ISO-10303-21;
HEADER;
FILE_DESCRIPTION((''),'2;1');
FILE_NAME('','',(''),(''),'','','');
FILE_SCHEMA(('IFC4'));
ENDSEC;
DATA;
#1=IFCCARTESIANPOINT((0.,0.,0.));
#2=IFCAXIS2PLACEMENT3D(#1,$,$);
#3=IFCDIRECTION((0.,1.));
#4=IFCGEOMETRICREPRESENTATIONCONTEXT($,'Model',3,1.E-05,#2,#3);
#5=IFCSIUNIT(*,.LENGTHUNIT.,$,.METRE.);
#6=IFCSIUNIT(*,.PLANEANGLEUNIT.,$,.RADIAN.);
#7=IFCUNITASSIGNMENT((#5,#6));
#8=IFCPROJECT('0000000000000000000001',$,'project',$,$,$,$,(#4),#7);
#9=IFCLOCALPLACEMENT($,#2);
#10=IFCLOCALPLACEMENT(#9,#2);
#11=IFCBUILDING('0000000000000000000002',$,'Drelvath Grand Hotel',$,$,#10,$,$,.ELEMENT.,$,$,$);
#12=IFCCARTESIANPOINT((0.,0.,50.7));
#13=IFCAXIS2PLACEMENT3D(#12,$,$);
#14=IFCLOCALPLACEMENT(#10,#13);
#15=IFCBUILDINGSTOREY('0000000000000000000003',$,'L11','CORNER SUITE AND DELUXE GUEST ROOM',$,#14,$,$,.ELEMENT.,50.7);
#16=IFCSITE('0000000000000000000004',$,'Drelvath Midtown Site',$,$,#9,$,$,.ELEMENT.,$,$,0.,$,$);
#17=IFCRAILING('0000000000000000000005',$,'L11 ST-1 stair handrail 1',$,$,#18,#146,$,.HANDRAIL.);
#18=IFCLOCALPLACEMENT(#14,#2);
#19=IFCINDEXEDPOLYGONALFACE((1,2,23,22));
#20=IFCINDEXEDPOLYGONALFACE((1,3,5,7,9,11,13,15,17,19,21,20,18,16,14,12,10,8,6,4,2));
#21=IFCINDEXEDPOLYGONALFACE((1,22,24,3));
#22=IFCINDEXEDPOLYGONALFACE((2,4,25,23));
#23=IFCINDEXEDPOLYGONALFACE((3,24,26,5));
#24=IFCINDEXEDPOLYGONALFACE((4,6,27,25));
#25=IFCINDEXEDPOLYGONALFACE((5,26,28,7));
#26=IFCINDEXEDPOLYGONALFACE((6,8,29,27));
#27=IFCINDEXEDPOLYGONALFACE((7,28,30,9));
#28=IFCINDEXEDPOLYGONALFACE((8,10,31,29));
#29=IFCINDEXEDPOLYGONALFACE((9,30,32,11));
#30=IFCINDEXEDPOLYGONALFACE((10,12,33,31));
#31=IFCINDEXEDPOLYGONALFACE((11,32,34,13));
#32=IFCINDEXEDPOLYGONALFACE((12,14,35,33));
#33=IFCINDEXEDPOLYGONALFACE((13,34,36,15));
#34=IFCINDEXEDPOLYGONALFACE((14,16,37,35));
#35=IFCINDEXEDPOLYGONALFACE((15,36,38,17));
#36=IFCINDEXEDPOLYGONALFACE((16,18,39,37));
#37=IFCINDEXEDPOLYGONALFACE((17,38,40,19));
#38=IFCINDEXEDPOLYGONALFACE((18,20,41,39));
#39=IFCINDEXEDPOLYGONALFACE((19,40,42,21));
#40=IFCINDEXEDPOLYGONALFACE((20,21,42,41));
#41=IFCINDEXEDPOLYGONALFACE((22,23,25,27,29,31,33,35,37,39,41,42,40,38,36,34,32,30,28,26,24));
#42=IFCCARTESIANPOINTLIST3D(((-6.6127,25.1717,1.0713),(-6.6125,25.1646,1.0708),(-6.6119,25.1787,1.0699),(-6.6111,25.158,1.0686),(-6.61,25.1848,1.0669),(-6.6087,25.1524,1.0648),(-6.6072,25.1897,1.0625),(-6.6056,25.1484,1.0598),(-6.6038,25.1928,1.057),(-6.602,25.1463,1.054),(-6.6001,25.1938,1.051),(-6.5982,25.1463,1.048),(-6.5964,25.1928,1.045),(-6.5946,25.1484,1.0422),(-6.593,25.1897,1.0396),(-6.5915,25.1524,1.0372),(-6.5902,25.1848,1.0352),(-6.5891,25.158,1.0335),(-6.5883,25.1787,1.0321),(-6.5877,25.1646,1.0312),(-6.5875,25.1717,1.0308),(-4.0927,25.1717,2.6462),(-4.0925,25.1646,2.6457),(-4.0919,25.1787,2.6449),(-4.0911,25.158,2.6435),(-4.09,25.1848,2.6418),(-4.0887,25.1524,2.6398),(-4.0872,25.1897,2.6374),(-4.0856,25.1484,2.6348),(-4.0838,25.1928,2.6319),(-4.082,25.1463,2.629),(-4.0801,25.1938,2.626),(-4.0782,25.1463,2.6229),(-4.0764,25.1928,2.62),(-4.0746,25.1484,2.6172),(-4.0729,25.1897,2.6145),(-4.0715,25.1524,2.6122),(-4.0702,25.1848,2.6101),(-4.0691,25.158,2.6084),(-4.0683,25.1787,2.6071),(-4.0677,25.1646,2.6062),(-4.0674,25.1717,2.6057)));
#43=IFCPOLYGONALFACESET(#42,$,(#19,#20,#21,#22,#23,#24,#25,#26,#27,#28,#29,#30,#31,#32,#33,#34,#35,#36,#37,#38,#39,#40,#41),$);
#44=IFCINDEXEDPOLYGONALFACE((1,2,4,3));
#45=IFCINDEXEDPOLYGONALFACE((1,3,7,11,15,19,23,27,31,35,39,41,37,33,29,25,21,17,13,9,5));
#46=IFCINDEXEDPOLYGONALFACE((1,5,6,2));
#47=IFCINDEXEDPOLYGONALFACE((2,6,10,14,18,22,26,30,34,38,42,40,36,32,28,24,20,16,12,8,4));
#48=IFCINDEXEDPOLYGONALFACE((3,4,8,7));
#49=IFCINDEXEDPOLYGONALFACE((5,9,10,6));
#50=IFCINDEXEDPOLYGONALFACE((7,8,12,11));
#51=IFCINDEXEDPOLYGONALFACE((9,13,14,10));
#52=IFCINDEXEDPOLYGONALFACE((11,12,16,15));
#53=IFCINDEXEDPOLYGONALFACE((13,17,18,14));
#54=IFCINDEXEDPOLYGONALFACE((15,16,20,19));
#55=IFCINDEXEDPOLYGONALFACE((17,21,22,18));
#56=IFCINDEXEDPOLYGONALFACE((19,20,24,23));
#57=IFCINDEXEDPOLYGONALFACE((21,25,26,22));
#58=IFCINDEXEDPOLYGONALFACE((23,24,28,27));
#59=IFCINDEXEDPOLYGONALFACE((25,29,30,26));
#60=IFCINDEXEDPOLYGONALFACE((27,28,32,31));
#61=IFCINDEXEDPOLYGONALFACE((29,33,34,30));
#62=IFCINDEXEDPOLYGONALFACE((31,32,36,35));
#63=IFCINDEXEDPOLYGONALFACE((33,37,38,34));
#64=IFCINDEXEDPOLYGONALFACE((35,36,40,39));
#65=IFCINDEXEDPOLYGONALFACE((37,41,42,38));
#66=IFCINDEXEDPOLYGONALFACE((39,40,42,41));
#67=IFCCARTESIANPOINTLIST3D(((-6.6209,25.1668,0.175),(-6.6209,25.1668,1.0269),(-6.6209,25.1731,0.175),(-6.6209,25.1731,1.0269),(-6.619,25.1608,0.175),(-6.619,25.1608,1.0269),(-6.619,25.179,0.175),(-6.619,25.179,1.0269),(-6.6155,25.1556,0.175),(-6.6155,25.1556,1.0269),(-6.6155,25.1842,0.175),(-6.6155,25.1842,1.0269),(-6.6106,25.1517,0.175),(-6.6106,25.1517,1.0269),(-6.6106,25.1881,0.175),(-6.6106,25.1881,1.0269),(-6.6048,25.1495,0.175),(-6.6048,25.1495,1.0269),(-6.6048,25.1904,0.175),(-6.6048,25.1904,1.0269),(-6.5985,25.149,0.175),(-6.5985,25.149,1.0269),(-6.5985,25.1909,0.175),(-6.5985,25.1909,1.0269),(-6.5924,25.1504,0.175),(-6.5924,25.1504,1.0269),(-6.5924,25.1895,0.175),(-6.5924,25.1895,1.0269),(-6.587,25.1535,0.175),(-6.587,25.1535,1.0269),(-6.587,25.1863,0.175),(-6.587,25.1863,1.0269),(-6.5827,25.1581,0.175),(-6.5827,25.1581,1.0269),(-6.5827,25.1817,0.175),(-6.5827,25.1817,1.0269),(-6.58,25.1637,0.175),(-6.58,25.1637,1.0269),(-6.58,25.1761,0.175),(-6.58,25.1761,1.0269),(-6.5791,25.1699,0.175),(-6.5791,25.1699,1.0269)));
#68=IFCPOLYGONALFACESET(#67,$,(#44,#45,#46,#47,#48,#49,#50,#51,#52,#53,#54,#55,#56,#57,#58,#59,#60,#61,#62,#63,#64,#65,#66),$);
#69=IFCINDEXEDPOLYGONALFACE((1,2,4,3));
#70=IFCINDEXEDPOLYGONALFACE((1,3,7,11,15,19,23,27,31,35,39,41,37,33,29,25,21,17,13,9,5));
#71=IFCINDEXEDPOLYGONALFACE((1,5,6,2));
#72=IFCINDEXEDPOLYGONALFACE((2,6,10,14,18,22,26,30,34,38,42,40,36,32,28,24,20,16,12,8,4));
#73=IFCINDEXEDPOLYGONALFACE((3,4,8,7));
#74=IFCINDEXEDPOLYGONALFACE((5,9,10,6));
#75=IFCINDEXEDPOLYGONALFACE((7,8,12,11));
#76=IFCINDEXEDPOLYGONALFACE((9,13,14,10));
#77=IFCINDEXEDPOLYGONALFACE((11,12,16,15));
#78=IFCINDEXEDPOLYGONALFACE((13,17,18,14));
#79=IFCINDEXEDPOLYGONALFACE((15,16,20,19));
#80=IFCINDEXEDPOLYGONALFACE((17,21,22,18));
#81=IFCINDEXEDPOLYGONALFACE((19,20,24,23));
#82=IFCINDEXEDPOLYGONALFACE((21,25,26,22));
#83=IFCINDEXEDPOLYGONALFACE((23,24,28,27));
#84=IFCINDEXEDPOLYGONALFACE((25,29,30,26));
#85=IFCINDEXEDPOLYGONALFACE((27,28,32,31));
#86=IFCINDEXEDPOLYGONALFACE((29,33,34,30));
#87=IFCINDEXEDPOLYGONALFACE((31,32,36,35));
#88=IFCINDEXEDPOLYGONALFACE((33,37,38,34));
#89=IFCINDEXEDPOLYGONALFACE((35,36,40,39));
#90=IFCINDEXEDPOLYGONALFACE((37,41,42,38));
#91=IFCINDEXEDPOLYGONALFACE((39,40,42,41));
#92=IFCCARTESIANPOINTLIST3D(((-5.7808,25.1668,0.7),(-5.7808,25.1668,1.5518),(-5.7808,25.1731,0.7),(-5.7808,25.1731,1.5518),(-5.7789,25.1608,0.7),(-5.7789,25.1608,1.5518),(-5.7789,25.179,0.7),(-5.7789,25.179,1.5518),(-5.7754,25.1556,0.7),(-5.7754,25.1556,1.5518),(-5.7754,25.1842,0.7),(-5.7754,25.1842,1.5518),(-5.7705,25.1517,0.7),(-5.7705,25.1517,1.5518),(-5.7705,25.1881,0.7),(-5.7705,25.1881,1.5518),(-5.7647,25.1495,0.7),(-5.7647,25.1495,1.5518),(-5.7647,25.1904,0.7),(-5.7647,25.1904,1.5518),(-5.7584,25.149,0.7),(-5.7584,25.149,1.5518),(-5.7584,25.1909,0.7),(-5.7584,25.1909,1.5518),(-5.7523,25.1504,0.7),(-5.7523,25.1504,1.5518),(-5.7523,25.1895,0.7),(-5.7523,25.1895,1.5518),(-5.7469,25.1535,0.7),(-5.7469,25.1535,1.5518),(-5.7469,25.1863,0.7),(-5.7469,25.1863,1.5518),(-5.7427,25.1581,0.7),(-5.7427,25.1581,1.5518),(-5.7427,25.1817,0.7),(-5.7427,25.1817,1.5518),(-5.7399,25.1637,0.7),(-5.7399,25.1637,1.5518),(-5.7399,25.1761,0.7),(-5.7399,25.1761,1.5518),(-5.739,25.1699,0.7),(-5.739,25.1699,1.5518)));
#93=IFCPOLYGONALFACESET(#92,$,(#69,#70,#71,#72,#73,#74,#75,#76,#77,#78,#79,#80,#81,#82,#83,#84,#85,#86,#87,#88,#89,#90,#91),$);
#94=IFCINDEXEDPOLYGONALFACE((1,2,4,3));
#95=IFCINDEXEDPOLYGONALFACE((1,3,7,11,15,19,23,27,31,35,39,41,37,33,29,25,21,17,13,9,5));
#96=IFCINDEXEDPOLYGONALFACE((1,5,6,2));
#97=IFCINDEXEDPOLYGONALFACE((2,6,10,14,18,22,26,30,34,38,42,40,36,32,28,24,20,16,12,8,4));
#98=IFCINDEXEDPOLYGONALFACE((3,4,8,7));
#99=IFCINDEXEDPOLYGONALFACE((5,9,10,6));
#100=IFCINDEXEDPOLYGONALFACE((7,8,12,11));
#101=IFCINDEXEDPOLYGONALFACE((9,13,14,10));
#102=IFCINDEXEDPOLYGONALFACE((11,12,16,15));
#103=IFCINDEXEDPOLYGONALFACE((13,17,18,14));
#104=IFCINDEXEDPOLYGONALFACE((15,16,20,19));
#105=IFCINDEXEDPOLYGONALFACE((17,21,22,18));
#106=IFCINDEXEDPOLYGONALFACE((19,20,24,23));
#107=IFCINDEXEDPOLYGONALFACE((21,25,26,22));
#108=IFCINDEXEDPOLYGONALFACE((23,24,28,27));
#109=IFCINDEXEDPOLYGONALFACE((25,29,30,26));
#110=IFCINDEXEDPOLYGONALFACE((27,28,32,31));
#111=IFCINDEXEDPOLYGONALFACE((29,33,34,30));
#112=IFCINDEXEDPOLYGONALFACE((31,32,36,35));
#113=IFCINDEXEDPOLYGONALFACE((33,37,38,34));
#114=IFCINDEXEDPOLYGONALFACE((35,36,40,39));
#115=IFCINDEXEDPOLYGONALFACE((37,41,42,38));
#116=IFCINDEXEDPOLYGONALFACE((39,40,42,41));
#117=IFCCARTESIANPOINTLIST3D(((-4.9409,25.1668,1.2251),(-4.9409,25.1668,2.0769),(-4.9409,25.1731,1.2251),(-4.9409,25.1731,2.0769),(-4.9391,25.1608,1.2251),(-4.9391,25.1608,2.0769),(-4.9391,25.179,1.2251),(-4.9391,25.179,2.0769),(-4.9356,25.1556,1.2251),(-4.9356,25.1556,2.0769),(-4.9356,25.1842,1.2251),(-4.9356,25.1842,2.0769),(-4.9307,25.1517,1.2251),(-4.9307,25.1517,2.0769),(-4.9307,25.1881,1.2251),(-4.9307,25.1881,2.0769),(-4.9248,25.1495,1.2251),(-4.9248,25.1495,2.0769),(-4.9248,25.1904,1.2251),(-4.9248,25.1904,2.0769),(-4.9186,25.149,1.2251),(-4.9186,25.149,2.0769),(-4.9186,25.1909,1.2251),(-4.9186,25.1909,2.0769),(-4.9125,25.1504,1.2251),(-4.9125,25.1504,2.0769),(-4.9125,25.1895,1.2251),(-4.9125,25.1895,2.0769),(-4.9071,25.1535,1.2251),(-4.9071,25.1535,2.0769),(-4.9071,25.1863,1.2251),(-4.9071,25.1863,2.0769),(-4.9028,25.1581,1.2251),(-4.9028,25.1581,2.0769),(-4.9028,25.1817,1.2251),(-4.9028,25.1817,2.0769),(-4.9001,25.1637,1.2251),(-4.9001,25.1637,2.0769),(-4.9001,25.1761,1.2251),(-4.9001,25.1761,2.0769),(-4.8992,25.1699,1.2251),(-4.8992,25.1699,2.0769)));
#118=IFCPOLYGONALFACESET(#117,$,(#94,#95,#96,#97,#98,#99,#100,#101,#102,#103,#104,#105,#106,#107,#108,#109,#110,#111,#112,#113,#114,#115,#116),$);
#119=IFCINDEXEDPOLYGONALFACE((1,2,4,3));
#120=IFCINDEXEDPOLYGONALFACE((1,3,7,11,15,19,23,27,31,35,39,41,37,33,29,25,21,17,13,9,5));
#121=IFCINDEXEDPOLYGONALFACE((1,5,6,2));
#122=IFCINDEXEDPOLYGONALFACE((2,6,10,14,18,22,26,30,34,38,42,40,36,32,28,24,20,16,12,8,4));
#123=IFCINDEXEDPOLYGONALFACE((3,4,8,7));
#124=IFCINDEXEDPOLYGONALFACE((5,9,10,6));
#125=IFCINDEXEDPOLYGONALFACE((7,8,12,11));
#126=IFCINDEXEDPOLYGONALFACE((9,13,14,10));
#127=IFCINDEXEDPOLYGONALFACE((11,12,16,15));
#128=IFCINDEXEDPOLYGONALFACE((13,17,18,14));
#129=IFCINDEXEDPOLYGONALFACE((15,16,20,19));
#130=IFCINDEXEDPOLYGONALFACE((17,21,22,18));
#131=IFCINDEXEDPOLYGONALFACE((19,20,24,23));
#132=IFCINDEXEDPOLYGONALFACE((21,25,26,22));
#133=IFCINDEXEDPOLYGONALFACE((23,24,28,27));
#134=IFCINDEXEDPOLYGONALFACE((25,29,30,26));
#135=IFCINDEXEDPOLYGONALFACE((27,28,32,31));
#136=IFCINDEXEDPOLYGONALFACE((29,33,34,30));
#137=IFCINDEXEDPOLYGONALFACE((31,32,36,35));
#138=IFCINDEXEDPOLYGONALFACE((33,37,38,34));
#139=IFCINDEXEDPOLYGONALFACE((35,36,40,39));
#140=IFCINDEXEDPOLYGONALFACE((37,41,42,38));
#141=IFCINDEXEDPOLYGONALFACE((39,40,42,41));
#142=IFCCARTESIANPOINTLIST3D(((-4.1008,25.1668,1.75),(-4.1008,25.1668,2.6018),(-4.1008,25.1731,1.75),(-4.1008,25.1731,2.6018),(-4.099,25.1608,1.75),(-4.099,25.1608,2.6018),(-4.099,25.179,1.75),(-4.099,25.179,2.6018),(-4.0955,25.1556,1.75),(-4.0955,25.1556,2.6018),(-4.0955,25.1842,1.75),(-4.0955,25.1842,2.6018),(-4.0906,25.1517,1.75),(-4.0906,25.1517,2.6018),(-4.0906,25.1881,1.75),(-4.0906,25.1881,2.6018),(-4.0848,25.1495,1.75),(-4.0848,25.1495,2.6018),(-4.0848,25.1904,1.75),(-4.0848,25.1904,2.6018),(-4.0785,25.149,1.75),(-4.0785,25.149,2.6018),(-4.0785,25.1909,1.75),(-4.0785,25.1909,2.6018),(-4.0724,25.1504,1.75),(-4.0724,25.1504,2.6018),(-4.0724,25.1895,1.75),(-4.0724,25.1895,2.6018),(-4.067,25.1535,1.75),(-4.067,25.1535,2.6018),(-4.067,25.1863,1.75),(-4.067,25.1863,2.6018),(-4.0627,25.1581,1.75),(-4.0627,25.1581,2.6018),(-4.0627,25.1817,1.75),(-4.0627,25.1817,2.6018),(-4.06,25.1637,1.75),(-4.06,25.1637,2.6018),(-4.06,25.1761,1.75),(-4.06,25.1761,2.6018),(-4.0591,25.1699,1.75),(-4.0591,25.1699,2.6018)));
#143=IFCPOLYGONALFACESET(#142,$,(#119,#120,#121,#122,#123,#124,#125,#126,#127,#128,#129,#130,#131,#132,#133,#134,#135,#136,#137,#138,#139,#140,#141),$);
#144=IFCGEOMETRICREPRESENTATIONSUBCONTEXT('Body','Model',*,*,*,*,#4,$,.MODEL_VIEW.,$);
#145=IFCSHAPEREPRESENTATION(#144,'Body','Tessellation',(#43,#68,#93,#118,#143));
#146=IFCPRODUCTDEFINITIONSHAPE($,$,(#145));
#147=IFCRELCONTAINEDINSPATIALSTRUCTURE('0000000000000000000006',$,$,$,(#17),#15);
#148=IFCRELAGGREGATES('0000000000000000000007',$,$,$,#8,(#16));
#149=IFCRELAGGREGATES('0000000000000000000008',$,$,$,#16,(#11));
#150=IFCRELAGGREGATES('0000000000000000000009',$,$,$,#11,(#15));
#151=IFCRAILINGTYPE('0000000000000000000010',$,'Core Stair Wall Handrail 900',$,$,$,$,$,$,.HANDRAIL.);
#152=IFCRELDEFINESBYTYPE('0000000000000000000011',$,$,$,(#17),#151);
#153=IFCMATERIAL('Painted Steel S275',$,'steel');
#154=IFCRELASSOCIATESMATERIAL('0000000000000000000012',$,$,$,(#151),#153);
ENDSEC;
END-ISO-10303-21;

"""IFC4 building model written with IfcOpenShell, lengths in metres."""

from ifc_helpers import new_model, si_unit, direction, frame, origin, origin_2d, place, context, subcontext, project, spatial, circle, extrude, material, type_object, element, save


model = new_model("IFC4")

# Units and contexts
model_context = context("Model", 3, precision=1e-05, world=origin(), true_north=direction((0.0, 1.0)))
body_context = subcontext(model_context, "Body", "Model", "MODEL_VIEW")
ifc_project = project(units=[si_unit("LENGTHUNIT", "METRE"), si_unit("PLANEANGLEUNIT", "RADIAN")], contexts=[model_context])

# Site, building, storey
site_placement = place(None, origin())
site = spatial("IfcSite", under=ifc_project, at=site_placement, Name="Drelvath Midtown Site", CompositionType="ELEMENT", RefElevation=0.0)
building_placement = place(site_placement, origin())
building = spatial("IfcBuilding", under=site, at=building_placement, Name="Drelvath Grand Hotel", CompositionType="ELEMENT")
storey_placement = place(building_placement, frame((0.0, 0.0, 50.7)))
storey = spatial("IfcBuildingStorey", under=building, at=storey_placement, Name="L11", Description="CORNER SUITE AND DELUXE GUEST ROOM", CompositionType="ELEMENT", Elevation=50.7)

# Shared definitions
ifc_material_1 = material(Name="Painted Steel S275", Category="steel")

# Railing
railing_type_1 = type_object("IfcRailingType", Name="Core Stair Wall Handrail 900", PredefinedType="HANDRAIL", material=ifc_material_1)
railing_1_placement = place(storey_placement, frame((-6.6001, 25.1699, 0.175)))
element("IfcRailing", 1, at=railing_1_placement, inside=storey, type_object=railing_type_1, Name="L11 ST-1 stair handrail 1", PredefinedType="HANDRAIL", context=body_context, shape_type="SweptSolid", body=[
    extrude(circle(Radius=0.0239, at=origin_2d()), frame((0.0, 0.0, 0.876), z_axis=(0.848008, 0.0, 0.529984), x_axis=(0.0, 1.0, 0.0)), (0.0, 0.0, 1.0), 2.9717),
    extrude(circle(Radius=0.021, at=origin_2d()), origin(), (0.0, 0.0, 1.0), 0.8518),
    extrude(circle(Radius=0.021, at=origin_2d()), frame((0.8401, 0.0, 0.5249)), (0.0, 0.0, 1.0), 0.8518),
    extrude(circle(Radius=0.021, at=origin_2d()), frame((1.6799, 0.0, 1.05)), (0.0, 0.0, 1.0), 0.8518),
    extrude(circle(Radius=0.021, at=origin_2d()), frame((2.52, 0.0, 1.575)), (0.0, 0.0, 1.0), 0.8518),
])

save(model, "model.ifc")
